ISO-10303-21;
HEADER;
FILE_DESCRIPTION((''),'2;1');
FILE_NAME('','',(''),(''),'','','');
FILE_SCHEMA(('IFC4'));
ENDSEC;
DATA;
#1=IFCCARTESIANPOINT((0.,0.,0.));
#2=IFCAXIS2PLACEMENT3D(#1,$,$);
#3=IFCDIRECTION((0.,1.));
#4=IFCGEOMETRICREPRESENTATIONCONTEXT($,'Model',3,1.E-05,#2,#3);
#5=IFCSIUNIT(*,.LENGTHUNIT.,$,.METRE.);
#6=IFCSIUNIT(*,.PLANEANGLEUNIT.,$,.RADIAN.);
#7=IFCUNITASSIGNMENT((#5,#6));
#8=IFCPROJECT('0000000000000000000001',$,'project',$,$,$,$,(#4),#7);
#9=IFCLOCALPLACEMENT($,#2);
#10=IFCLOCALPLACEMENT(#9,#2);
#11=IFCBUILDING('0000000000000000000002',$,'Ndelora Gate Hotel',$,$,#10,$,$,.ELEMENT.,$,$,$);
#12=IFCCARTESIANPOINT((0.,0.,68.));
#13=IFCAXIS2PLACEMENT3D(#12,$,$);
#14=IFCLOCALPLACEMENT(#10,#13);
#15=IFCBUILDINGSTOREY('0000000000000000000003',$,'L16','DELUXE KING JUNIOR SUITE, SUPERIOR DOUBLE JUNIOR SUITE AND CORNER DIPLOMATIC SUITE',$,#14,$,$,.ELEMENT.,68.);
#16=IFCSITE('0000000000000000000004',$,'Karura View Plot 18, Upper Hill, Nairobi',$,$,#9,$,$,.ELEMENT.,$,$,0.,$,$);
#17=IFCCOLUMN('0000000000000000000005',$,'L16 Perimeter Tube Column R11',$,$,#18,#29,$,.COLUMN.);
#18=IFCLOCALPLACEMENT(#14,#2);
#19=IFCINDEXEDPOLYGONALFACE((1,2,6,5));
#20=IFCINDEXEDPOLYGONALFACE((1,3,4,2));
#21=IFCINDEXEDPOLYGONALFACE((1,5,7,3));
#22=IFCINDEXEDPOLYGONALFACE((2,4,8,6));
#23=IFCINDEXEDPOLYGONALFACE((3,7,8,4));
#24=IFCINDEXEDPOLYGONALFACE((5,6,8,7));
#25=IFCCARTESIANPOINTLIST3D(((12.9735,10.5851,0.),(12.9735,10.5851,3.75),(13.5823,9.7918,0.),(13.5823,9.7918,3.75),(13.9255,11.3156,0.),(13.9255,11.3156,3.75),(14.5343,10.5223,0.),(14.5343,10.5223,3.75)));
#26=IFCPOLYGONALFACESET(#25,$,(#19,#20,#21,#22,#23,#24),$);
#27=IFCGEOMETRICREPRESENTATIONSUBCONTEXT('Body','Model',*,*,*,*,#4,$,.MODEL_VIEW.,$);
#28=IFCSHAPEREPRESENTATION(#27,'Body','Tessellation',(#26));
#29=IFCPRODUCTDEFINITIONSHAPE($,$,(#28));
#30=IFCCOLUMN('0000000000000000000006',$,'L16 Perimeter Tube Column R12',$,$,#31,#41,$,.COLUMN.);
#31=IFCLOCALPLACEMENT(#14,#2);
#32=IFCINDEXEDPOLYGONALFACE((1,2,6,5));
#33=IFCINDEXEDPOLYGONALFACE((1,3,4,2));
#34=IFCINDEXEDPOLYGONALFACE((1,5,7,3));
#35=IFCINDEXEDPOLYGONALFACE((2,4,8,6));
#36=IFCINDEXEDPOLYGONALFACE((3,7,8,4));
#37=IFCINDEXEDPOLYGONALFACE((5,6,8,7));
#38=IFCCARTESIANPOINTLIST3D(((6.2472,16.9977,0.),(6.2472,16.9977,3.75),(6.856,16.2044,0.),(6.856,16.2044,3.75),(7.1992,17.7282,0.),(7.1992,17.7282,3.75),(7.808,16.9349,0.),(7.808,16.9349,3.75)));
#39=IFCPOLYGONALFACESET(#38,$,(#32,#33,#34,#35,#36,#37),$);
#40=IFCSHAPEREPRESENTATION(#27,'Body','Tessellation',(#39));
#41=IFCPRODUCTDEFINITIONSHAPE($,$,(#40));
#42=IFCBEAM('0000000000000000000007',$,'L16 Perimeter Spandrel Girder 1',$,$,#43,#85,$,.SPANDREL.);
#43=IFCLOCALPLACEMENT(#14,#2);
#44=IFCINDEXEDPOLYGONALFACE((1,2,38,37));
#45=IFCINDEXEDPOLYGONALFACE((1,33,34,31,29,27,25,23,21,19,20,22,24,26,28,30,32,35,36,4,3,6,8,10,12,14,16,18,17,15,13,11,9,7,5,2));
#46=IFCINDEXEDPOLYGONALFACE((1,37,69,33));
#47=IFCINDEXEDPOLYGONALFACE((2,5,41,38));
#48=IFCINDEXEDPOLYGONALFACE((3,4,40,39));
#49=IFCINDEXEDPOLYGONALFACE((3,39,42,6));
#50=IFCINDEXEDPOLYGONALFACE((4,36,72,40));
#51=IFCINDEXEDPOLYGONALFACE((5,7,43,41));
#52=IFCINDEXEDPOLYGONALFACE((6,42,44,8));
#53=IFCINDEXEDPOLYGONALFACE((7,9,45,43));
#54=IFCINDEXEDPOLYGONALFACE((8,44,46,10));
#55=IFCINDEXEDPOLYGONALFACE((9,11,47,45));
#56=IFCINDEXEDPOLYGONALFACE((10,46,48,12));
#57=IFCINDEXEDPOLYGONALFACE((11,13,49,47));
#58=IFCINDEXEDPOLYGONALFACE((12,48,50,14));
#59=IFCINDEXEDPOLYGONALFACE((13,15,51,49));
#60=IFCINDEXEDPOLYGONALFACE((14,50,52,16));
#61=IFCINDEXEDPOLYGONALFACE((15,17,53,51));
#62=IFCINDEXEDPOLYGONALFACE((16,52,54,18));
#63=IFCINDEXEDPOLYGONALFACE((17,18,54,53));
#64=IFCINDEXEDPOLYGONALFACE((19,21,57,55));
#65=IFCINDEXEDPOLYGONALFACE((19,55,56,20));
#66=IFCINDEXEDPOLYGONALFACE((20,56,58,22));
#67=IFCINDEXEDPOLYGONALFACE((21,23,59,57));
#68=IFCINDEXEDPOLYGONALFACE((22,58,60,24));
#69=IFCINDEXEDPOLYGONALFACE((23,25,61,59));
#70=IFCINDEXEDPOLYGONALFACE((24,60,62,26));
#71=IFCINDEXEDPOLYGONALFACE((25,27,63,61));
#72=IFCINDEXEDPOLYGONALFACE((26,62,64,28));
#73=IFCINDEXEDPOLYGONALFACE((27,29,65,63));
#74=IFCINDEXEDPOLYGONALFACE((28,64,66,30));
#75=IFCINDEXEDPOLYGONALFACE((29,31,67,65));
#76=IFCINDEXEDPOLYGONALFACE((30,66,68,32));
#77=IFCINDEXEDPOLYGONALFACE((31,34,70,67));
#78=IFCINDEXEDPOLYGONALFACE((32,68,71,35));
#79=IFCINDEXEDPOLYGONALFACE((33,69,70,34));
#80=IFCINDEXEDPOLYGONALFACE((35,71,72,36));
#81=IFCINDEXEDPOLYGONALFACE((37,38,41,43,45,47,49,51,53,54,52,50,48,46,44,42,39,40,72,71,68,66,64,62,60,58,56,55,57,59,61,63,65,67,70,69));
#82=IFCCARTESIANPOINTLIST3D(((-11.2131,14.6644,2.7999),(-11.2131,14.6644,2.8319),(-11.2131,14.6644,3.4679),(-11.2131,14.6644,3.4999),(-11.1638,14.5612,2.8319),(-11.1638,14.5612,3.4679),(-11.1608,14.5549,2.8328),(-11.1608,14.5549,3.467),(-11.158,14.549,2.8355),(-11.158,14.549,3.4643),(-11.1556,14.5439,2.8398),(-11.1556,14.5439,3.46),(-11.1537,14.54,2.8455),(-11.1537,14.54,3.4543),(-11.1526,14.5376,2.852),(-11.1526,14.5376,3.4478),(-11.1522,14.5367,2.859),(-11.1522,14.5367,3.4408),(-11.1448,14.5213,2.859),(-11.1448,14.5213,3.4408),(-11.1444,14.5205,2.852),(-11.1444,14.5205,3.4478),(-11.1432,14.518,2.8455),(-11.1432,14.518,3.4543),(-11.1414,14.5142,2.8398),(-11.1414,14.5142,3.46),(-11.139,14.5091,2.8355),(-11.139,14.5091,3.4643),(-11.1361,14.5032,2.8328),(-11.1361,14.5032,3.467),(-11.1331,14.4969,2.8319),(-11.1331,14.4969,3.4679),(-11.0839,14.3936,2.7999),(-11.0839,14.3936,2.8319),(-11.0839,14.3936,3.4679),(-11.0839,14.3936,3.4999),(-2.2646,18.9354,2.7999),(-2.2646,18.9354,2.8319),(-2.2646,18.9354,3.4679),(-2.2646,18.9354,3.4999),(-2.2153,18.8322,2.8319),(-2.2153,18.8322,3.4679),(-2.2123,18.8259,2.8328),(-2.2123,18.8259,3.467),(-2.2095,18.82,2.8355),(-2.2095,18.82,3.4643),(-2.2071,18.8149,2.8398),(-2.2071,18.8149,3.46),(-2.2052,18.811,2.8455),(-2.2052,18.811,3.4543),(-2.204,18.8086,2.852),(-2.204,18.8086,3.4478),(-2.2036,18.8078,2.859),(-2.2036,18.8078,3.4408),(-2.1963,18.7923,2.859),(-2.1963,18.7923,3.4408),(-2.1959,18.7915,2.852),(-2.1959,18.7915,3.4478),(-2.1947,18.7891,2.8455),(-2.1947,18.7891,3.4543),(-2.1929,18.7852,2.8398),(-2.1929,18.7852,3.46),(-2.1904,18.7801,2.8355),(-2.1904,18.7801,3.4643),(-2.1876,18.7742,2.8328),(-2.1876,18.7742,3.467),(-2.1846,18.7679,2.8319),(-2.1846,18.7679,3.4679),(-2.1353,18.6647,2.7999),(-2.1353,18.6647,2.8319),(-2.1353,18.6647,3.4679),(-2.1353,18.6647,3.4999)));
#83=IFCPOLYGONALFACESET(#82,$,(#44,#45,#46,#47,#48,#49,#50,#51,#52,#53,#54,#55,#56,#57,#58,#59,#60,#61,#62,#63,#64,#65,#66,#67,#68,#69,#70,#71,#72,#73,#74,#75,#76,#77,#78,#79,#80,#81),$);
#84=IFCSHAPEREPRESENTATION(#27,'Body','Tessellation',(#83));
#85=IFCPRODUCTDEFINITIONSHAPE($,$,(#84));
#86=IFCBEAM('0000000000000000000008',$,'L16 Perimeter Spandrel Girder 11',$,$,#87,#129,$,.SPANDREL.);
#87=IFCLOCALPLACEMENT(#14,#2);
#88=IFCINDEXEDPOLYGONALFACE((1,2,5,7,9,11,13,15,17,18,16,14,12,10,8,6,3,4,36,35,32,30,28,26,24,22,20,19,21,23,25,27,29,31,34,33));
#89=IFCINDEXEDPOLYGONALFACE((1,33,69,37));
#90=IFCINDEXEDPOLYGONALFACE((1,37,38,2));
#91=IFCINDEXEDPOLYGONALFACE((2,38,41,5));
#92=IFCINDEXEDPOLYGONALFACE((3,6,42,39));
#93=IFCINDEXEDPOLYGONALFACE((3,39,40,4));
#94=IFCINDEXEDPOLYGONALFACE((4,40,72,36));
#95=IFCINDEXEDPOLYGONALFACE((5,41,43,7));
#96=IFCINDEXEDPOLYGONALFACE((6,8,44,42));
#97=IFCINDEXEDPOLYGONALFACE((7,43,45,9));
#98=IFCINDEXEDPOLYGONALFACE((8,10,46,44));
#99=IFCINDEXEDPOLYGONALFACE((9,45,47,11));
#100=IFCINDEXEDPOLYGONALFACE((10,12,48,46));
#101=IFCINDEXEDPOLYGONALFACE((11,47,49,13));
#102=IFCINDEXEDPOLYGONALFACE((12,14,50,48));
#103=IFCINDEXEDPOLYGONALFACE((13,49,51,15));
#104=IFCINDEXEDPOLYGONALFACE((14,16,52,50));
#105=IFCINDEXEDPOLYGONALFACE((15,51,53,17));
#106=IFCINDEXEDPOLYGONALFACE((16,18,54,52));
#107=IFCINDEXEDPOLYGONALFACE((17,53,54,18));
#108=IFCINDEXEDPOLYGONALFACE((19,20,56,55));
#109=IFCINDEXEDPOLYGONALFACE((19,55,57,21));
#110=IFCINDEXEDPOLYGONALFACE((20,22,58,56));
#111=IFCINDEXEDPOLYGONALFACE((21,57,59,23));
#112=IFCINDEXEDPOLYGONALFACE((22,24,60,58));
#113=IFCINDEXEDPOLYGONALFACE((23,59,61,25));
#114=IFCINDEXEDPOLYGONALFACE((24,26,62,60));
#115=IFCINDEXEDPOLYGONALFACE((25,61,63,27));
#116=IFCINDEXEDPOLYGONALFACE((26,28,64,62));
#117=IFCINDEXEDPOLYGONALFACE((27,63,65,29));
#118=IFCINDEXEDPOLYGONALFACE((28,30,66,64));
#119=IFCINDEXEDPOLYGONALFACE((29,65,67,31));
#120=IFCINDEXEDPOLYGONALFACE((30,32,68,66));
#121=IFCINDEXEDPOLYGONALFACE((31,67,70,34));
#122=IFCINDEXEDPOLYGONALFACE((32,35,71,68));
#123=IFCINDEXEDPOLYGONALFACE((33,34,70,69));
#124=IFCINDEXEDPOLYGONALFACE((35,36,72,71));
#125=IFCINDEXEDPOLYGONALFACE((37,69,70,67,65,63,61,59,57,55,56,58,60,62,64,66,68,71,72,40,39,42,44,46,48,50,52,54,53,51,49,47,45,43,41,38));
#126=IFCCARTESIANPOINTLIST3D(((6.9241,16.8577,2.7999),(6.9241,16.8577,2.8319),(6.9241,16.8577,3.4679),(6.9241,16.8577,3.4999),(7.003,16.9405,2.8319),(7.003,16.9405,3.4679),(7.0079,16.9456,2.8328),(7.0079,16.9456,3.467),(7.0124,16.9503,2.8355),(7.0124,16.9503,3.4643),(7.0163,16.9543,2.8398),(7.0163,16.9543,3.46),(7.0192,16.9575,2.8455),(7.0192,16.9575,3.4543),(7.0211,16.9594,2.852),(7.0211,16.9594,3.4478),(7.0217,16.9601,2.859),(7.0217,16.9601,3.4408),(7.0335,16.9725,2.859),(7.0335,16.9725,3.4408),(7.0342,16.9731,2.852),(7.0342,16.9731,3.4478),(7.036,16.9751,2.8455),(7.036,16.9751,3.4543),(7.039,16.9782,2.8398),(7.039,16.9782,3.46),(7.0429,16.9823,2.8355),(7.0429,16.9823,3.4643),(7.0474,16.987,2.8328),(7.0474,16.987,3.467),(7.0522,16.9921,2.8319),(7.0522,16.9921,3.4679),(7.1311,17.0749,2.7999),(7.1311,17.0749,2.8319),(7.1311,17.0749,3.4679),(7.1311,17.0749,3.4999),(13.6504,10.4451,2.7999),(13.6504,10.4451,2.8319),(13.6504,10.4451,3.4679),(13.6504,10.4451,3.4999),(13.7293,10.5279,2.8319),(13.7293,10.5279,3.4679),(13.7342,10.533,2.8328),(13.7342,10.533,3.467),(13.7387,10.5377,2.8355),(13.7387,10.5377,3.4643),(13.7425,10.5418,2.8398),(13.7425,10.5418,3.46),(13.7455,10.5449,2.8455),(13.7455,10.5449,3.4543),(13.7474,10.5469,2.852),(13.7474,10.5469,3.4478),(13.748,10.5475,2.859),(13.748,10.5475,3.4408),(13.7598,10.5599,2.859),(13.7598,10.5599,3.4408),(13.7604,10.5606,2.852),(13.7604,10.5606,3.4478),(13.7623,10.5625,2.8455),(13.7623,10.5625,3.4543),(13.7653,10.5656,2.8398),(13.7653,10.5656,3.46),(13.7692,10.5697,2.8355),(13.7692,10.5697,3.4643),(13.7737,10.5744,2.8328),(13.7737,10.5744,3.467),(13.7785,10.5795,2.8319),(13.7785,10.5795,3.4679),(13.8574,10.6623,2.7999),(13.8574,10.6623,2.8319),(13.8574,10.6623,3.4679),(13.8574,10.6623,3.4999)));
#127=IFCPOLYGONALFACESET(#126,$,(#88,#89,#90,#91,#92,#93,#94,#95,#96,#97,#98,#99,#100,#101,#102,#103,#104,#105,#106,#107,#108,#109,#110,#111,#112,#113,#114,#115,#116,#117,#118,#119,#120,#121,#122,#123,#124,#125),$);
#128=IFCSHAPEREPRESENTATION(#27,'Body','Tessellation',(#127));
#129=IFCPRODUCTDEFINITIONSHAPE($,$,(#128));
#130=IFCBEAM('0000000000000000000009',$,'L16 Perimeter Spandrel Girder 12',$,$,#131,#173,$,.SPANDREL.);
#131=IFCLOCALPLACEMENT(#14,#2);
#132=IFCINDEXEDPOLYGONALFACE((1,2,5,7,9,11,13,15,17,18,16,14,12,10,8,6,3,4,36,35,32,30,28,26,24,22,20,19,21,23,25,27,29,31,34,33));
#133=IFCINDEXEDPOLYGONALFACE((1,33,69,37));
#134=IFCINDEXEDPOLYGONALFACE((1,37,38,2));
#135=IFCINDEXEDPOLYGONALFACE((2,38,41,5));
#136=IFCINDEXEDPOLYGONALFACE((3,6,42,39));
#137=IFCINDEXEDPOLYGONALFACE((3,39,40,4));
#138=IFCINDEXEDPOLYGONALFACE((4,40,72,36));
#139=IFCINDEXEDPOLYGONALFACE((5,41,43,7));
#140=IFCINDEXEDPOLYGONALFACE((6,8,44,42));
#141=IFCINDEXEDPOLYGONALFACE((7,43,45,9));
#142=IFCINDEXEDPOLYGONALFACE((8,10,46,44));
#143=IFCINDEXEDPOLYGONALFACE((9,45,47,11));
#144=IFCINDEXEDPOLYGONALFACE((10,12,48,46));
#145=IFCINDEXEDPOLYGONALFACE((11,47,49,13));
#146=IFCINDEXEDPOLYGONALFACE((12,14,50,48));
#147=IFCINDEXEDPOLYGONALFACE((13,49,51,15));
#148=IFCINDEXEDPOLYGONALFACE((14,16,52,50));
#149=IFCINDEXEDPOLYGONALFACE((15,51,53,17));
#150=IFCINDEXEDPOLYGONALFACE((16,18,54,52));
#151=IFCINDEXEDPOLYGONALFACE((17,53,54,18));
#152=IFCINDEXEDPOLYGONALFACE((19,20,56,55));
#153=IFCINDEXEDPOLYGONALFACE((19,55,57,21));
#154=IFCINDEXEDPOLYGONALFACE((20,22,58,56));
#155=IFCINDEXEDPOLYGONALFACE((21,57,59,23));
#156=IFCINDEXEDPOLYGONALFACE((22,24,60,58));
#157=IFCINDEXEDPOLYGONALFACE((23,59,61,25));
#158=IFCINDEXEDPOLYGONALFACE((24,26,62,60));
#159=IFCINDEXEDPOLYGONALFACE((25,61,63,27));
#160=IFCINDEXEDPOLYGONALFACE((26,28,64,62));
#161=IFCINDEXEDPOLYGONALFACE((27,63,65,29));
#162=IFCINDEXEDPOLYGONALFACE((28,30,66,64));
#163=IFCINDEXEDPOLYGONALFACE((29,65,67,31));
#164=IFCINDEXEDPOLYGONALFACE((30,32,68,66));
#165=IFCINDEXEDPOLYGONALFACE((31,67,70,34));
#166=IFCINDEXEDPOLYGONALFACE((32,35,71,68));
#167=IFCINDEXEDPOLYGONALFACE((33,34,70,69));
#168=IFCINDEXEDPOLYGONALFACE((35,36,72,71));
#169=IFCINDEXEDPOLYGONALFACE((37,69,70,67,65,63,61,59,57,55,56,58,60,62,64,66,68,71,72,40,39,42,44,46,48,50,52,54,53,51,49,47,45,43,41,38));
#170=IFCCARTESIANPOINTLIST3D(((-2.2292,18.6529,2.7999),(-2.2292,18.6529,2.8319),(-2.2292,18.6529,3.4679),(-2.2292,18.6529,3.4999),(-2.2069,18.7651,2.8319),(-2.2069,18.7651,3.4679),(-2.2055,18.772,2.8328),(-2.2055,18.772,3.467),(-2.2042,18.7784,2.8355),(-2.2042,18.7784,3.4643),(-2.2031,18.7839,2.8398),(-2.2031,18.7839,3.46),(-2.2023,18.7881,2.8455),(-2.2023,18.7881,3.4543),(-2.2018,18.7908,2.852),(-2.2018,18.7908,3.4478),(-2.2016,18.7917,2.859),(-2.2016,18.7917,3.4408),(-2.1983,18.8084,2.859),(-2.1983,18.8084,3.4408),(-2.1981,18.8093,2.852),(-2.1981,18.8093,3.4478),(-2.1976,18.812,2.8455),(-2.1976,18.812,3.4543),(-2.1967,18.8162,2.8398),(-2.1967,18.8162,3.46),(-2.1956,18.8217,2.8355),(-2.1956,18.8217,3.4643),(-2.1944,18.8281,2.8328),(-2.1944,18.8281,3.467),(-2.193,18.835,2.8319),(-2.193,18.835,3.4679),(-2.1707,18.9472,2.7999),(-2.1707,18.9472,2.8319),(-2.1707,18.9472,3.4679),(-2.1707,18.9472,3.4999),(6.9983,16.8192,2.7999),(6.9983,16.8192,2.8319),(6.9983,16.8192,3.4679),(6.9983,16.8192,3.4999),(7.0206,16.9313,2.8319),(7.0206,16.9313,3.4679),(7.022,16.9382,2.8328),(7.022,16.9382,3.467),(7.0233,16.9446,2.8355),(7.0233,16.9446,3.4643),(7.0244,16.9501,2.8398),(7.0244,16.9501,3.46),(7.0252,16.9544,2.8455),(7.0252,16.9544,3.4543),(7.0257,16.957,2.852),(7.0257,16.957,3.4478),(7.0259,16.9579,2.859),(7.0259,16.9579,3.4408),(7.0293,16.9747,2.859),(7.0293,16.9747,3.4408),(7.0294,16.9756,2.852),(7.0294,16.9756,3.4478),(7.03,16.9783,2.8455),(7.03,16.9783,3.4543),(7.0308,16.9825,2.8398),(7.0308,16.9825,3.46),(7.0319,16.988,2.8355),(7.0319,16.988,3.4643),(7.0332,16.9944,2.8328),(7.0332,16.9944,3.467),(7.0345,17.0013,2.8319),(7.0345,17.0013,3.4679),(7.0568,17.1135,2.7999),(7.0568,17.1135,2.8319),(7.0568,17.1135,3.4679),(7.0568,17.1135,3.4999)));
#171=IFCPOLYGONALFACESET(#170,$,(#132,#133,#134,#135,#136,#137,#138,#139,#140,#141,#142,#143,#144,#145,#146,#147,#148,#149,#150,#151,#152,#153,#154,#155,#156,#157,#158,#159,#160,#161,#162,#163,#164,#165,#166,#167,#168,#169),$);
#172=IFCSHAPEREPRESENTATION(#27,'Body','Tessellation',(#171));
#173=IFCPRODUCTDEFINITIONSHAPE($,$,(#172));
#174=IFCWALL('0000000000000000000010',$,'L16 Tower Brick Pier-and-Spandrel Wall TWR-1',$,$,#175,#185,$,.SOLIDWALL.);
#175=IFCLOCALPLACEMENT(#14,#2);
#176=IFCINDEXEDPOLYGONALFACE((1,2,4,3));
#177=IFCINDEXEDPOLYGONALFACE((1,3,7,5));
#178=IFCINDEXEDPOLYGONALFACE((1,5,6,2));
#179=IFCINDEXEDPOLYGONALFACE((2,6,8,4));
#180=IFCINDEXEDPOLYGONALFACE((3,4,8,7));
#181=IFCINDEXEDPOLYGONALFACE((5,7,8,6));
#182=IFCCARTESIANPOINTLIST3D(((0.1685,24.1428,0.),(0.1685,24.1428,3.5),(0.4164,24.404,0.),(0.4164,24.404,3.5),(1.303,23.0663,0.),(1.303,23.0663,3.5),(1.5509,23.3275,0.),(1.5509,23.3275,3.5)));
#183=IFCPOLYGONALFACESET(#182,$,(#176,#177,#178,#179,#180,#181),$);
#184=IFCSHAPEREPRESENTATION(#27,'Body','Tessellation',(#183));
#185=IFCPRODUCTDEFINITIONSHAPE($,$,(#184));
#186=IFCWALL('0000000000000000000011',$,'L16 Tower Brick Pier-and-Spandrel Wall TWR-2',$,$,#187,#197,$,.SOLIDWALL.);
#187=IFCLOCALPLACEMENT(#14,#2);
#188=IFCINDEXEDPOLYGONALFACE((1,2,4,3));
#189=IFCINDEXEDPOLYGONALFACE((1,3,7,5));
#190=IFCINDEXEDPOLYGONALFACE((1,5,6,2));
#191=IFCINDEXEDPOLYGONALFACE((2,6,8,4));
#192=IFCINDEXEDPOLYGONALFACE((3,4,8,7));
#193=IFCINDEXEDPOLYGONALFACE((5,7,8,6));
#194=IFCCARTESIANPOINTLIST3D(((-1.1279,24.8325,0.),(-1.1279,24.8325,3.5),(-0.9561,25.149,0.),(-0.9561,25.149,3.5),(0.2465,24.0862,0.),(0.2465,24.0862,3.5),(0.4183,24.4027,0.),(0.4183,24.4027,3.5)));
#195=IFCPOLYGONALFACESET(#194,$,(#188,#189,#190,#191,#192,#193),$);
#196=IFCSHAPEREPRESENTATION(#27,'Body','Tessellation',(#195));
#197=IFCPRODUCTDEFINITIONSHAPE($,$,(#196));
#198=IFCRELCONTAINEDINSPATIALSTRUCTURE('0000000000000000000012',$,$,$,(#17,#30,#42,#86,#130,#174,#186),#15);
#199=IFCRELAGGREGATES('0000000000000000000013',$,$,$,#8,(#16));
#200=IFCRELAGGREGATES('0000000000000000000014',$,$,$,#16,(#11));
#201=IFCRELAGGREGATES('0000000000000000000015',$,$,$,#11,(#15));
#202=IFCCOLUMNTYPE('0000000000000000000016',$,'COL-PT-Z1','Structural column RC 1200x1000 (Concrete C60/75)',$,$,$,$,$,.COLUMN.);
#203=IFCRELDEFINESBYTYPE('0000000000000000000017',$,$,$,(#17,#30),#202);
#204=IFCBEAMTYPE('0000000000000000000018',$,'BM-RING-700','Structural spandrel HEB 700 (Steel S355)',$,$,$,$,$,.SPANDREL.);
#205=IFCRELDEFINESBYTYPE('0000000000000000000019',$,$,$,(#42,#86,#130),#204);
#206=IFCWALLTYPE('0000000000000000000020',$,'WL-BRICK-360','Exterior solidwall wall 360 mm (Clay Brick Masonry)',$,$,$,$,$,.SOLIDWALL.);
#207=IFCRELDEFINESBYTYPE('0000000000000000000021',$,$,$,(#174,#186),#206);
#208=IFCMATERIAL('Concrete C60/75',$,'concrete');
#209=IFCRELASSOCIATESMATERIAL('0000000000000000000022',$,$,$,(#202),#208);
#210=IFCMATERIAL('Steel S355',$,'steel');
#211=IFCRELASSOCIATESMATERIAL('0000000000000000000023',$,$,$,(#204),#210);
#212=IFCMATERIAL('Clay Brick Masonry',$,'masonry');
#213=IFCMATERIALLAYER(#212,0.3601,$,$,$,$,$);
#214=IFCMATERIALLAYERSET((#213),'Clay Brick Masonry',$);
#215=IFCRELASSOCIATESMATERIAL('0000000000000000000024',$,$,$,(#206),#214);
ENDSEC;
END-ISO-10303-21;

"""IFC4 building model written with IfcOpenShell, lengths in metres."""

from ifc_helpers import new_model, si_unit, direction, frame, frame_2d, origin, origin_2d, place, context, subcontext, project, spatial, rectangle, i_section, extrude, material, layer, layer_set, material_profile, profile_set, type_object, element, save


model = new_model("IFC4")

# Units and contexts
model_context = context("Model", 3, precision=1e-05, world=origin(), true_north=direction((0.0, 1.0)))
body_context = subcontext(model_context, "Body", "Model", "MODEL_VIEW")
ifc_project = project(units=[si_unit("LENGTHUNIT", "METRE"), si_unit("PLANEANGLEUNIT", "RADIAN")], contexts=[model_context])

# Site, building, storey
site_placement = place(None, origin())
site = spatial("IfcSite", under=ifc_project, at=site_placement, Name="Karura View Plot 18, Upper Hill, Nairobi", CompositionType="ELEMENT", RefElevation=0.0)
building_placement = place(site_placement, origin())
building = spatial("IfcBuilding", under=site, at=building_placement, Name="Ndelora Gate Hotel", CompositionType="ELEMENT")
storey_placement = place(building_placement, frame((0.0, 0.0, 68.0)))
storey = spatial("IfcBuildingStorey", under=building, at=storey_placement, Name="L16", Description="DELUXE KING JUNIOR SUITE, SUPERIOR DOUBLE JUNIOR SUITE AND CORNER DIPLOMATIC SUITE", CompositionType="ELEMENT", Elevation=68.0)

# Columns
ifc_material_1 = material(Name="Concrete C60/75", Category="concrete")
ifc_material_profile_1 = material_profile(ifc_material_1, rectangle(XDim=1.0, YDim=1.2, at=origin_2d()), Name="RC 1200x1000")
ifc_profile_set_1 = profile_set([ifc_material_profile_1], Name="Concrete C60/75")
column_type = type_object("IfcColumnType", Name="COL-PT-Z1", Description="Structural column RC 1200x1000 (Concrete C60/75)", PredefinedType="COLUMN", material=ifc_profile_set_1)
for number, where, z_axis, x_axis, name in (
    (1, (13.7539, 10.5537, 0.0), (0.0, 0.0, 1.0), (-0.608761, 0.793353, 0.0), "L16 Perimeter Tube Column R11"),
    (2, (7.0276, 16.9663, 0.0), (0.0, 0.0, 1.0), (-0.608761, 0.793353, 0.0), "L16 Perimeter Tube Column R12"),
):
    element("IfcColumn", number, at=place(storey_placement, frame(where, z_axis=z_axis, x_axis=x_axis)), inside=storey, type_object=column_type, Name=name, PredefinedType="COLUMN", context=body_context, shape_type="SweptSolid", body=[
        extrude(rectangle(XDim=1.0, YDim=1.2, at=origin_2d()), origin(), (0.0, 0.0, 1.0), 3.75),
    ])

# Beams
ifc_material_2 = material(Name="Steel S355", Category="steel")
ifc_material_profile_2 = material_profile(ifc_material_2, i_section(OverallWidth=0.3, OverallDepth=0.7, WebThickness=0.0171, FlangeThickness=0.032, FilletRadius=0.0271, at=origin_2d()), Name="HEB 700")
ifc_profile_set_2 = profile_set([ifc_material_profile_2], Name="Steel S355")
beam_type = type_object("IfcBeamType", Name="BM-RING-700", Description="Structural spandrel HEB 700 (Steel S355)", PredefinedType="SPANDREL", material=ifc_profile_set_2)
beam_1_placement = place(storey_placement, frame((-2.2, 18.8, 3.1499), z_axis=(-0.902476, -0.43074, 0.0), x_axis=(0.43074, -0.902476, 0.0)))
element("IfcBeam", 3, at=beam_1_placement, inside=storey, type_object=beam_type, Name="L16 Perimeter Spandrel Girder 1", PredefinedType="SPANDREL", context=body_context, shape_type="SweptSolid", body=[
    extrude(i_section(OverallWidth=0.3, OverallDepth=0.7, WebThickness=0.0171, FlangeThickness=0.032, FilletRadius=0.0271, at=origin_2d()), origin(), (0.0, 0.0, 1.0), 9.9155),
])
beam_2_placement = place(storey_placement, frame((13.7539, 10.5537, 3.1499), z_axis=(-0.723784, 0.690026, 0.0), x_axis=(-0.690026, -0.723784, 0.0)))
element("IfcBeam", 4, at=beam_2_placement, inside=storey, type_object=beam_type, Name="L16 Perimeter Spandrel Girder 11", PredefinedType="SPANDREL", context=body_context, shape_type="SweptSolid", body=[
    extrude(i_section(OverallWidth=0.3, OverallDepth=0.7, WebThickness=0.0171, FlangeThickness=0.032, FilletRadius=0.0271, at=origin_2d()), origin(), (0.0, 0.0, 1.0), 9.2932),
])
beam_3_placement = place(storey_placement, frame((7.0276, 16.9663, 3.1499), z_axis=(-0.98082, 0.194913, 0.0), x_axis=(-0.194913, -0.98082, 0.0)))
element("IfcBeam", 5, at=beam_3_placement, inside=storey, type_object=beam_type, Name="L16 Perimeter Spandrel Girder 12", PredefinedType="SPANDREL", context=body_context, shape_type="SweptSolid", body=[
    extrude(i_section(OverallWidth=0.3, OverallDepth=0.7, WebThickness=0.0171, FlangeThickness=0.032, FilletRadius=0.0271, at=origin_2d()), origin(), (0.0, 0.0, 1.0), 9.408),
])

# Walls
ifc_material_3 = material(Name="Clay Brick Masonry", Category="masonry")
ifc_layer_1 = layer(ifc_material_3, 0.3601)
ifc_layer_set_1 = layer_set([ifc_layer_1], Name="Clay Brick Masonry")
wall_type_1 = type_object("IfcWallType", Name="WL-BRICK-360", Description="Exterior solidwall wall 360 mm (Clay Brick Masonry)", PredefinedType="SOLIDWALL", material=ifc_layer_set_1)
for number, where, z_axis, x_axis, name in (
    (6, (0.2925, 24.2734, 0.0), (0.0, 0.0, 1.0), (0.725362, -0.688368, 0.0), "L16 Tower Brick Pier-and-Spandrel Wall TWR-1"),
    (7, (-1.042, 24.9907, 0.0), (0.0, 0.0, 1.0), (0.878807, -0.477178, 0.0), "L16 Tower Brick Pier-and-Spandrel Wall TWR-2"),
):
    element("IfcWall", number, at=place(storey_placement, frame(where, z_axis=z_axis, x_axis=x_axis)), inside=storey, type_object=wall_type_1, Name=name, PredefinedType="SOLIDWALL", context=body_context, shape_type="SweptSolid", body=[
        extrude(rectangle(XDim=1.564, YDim=0.3601, at=frame_2d((0.782, 0.0))), origin(), (0.0, 0.0, 1.0), 3.5),
    ])

save(model, "model.ifc")
